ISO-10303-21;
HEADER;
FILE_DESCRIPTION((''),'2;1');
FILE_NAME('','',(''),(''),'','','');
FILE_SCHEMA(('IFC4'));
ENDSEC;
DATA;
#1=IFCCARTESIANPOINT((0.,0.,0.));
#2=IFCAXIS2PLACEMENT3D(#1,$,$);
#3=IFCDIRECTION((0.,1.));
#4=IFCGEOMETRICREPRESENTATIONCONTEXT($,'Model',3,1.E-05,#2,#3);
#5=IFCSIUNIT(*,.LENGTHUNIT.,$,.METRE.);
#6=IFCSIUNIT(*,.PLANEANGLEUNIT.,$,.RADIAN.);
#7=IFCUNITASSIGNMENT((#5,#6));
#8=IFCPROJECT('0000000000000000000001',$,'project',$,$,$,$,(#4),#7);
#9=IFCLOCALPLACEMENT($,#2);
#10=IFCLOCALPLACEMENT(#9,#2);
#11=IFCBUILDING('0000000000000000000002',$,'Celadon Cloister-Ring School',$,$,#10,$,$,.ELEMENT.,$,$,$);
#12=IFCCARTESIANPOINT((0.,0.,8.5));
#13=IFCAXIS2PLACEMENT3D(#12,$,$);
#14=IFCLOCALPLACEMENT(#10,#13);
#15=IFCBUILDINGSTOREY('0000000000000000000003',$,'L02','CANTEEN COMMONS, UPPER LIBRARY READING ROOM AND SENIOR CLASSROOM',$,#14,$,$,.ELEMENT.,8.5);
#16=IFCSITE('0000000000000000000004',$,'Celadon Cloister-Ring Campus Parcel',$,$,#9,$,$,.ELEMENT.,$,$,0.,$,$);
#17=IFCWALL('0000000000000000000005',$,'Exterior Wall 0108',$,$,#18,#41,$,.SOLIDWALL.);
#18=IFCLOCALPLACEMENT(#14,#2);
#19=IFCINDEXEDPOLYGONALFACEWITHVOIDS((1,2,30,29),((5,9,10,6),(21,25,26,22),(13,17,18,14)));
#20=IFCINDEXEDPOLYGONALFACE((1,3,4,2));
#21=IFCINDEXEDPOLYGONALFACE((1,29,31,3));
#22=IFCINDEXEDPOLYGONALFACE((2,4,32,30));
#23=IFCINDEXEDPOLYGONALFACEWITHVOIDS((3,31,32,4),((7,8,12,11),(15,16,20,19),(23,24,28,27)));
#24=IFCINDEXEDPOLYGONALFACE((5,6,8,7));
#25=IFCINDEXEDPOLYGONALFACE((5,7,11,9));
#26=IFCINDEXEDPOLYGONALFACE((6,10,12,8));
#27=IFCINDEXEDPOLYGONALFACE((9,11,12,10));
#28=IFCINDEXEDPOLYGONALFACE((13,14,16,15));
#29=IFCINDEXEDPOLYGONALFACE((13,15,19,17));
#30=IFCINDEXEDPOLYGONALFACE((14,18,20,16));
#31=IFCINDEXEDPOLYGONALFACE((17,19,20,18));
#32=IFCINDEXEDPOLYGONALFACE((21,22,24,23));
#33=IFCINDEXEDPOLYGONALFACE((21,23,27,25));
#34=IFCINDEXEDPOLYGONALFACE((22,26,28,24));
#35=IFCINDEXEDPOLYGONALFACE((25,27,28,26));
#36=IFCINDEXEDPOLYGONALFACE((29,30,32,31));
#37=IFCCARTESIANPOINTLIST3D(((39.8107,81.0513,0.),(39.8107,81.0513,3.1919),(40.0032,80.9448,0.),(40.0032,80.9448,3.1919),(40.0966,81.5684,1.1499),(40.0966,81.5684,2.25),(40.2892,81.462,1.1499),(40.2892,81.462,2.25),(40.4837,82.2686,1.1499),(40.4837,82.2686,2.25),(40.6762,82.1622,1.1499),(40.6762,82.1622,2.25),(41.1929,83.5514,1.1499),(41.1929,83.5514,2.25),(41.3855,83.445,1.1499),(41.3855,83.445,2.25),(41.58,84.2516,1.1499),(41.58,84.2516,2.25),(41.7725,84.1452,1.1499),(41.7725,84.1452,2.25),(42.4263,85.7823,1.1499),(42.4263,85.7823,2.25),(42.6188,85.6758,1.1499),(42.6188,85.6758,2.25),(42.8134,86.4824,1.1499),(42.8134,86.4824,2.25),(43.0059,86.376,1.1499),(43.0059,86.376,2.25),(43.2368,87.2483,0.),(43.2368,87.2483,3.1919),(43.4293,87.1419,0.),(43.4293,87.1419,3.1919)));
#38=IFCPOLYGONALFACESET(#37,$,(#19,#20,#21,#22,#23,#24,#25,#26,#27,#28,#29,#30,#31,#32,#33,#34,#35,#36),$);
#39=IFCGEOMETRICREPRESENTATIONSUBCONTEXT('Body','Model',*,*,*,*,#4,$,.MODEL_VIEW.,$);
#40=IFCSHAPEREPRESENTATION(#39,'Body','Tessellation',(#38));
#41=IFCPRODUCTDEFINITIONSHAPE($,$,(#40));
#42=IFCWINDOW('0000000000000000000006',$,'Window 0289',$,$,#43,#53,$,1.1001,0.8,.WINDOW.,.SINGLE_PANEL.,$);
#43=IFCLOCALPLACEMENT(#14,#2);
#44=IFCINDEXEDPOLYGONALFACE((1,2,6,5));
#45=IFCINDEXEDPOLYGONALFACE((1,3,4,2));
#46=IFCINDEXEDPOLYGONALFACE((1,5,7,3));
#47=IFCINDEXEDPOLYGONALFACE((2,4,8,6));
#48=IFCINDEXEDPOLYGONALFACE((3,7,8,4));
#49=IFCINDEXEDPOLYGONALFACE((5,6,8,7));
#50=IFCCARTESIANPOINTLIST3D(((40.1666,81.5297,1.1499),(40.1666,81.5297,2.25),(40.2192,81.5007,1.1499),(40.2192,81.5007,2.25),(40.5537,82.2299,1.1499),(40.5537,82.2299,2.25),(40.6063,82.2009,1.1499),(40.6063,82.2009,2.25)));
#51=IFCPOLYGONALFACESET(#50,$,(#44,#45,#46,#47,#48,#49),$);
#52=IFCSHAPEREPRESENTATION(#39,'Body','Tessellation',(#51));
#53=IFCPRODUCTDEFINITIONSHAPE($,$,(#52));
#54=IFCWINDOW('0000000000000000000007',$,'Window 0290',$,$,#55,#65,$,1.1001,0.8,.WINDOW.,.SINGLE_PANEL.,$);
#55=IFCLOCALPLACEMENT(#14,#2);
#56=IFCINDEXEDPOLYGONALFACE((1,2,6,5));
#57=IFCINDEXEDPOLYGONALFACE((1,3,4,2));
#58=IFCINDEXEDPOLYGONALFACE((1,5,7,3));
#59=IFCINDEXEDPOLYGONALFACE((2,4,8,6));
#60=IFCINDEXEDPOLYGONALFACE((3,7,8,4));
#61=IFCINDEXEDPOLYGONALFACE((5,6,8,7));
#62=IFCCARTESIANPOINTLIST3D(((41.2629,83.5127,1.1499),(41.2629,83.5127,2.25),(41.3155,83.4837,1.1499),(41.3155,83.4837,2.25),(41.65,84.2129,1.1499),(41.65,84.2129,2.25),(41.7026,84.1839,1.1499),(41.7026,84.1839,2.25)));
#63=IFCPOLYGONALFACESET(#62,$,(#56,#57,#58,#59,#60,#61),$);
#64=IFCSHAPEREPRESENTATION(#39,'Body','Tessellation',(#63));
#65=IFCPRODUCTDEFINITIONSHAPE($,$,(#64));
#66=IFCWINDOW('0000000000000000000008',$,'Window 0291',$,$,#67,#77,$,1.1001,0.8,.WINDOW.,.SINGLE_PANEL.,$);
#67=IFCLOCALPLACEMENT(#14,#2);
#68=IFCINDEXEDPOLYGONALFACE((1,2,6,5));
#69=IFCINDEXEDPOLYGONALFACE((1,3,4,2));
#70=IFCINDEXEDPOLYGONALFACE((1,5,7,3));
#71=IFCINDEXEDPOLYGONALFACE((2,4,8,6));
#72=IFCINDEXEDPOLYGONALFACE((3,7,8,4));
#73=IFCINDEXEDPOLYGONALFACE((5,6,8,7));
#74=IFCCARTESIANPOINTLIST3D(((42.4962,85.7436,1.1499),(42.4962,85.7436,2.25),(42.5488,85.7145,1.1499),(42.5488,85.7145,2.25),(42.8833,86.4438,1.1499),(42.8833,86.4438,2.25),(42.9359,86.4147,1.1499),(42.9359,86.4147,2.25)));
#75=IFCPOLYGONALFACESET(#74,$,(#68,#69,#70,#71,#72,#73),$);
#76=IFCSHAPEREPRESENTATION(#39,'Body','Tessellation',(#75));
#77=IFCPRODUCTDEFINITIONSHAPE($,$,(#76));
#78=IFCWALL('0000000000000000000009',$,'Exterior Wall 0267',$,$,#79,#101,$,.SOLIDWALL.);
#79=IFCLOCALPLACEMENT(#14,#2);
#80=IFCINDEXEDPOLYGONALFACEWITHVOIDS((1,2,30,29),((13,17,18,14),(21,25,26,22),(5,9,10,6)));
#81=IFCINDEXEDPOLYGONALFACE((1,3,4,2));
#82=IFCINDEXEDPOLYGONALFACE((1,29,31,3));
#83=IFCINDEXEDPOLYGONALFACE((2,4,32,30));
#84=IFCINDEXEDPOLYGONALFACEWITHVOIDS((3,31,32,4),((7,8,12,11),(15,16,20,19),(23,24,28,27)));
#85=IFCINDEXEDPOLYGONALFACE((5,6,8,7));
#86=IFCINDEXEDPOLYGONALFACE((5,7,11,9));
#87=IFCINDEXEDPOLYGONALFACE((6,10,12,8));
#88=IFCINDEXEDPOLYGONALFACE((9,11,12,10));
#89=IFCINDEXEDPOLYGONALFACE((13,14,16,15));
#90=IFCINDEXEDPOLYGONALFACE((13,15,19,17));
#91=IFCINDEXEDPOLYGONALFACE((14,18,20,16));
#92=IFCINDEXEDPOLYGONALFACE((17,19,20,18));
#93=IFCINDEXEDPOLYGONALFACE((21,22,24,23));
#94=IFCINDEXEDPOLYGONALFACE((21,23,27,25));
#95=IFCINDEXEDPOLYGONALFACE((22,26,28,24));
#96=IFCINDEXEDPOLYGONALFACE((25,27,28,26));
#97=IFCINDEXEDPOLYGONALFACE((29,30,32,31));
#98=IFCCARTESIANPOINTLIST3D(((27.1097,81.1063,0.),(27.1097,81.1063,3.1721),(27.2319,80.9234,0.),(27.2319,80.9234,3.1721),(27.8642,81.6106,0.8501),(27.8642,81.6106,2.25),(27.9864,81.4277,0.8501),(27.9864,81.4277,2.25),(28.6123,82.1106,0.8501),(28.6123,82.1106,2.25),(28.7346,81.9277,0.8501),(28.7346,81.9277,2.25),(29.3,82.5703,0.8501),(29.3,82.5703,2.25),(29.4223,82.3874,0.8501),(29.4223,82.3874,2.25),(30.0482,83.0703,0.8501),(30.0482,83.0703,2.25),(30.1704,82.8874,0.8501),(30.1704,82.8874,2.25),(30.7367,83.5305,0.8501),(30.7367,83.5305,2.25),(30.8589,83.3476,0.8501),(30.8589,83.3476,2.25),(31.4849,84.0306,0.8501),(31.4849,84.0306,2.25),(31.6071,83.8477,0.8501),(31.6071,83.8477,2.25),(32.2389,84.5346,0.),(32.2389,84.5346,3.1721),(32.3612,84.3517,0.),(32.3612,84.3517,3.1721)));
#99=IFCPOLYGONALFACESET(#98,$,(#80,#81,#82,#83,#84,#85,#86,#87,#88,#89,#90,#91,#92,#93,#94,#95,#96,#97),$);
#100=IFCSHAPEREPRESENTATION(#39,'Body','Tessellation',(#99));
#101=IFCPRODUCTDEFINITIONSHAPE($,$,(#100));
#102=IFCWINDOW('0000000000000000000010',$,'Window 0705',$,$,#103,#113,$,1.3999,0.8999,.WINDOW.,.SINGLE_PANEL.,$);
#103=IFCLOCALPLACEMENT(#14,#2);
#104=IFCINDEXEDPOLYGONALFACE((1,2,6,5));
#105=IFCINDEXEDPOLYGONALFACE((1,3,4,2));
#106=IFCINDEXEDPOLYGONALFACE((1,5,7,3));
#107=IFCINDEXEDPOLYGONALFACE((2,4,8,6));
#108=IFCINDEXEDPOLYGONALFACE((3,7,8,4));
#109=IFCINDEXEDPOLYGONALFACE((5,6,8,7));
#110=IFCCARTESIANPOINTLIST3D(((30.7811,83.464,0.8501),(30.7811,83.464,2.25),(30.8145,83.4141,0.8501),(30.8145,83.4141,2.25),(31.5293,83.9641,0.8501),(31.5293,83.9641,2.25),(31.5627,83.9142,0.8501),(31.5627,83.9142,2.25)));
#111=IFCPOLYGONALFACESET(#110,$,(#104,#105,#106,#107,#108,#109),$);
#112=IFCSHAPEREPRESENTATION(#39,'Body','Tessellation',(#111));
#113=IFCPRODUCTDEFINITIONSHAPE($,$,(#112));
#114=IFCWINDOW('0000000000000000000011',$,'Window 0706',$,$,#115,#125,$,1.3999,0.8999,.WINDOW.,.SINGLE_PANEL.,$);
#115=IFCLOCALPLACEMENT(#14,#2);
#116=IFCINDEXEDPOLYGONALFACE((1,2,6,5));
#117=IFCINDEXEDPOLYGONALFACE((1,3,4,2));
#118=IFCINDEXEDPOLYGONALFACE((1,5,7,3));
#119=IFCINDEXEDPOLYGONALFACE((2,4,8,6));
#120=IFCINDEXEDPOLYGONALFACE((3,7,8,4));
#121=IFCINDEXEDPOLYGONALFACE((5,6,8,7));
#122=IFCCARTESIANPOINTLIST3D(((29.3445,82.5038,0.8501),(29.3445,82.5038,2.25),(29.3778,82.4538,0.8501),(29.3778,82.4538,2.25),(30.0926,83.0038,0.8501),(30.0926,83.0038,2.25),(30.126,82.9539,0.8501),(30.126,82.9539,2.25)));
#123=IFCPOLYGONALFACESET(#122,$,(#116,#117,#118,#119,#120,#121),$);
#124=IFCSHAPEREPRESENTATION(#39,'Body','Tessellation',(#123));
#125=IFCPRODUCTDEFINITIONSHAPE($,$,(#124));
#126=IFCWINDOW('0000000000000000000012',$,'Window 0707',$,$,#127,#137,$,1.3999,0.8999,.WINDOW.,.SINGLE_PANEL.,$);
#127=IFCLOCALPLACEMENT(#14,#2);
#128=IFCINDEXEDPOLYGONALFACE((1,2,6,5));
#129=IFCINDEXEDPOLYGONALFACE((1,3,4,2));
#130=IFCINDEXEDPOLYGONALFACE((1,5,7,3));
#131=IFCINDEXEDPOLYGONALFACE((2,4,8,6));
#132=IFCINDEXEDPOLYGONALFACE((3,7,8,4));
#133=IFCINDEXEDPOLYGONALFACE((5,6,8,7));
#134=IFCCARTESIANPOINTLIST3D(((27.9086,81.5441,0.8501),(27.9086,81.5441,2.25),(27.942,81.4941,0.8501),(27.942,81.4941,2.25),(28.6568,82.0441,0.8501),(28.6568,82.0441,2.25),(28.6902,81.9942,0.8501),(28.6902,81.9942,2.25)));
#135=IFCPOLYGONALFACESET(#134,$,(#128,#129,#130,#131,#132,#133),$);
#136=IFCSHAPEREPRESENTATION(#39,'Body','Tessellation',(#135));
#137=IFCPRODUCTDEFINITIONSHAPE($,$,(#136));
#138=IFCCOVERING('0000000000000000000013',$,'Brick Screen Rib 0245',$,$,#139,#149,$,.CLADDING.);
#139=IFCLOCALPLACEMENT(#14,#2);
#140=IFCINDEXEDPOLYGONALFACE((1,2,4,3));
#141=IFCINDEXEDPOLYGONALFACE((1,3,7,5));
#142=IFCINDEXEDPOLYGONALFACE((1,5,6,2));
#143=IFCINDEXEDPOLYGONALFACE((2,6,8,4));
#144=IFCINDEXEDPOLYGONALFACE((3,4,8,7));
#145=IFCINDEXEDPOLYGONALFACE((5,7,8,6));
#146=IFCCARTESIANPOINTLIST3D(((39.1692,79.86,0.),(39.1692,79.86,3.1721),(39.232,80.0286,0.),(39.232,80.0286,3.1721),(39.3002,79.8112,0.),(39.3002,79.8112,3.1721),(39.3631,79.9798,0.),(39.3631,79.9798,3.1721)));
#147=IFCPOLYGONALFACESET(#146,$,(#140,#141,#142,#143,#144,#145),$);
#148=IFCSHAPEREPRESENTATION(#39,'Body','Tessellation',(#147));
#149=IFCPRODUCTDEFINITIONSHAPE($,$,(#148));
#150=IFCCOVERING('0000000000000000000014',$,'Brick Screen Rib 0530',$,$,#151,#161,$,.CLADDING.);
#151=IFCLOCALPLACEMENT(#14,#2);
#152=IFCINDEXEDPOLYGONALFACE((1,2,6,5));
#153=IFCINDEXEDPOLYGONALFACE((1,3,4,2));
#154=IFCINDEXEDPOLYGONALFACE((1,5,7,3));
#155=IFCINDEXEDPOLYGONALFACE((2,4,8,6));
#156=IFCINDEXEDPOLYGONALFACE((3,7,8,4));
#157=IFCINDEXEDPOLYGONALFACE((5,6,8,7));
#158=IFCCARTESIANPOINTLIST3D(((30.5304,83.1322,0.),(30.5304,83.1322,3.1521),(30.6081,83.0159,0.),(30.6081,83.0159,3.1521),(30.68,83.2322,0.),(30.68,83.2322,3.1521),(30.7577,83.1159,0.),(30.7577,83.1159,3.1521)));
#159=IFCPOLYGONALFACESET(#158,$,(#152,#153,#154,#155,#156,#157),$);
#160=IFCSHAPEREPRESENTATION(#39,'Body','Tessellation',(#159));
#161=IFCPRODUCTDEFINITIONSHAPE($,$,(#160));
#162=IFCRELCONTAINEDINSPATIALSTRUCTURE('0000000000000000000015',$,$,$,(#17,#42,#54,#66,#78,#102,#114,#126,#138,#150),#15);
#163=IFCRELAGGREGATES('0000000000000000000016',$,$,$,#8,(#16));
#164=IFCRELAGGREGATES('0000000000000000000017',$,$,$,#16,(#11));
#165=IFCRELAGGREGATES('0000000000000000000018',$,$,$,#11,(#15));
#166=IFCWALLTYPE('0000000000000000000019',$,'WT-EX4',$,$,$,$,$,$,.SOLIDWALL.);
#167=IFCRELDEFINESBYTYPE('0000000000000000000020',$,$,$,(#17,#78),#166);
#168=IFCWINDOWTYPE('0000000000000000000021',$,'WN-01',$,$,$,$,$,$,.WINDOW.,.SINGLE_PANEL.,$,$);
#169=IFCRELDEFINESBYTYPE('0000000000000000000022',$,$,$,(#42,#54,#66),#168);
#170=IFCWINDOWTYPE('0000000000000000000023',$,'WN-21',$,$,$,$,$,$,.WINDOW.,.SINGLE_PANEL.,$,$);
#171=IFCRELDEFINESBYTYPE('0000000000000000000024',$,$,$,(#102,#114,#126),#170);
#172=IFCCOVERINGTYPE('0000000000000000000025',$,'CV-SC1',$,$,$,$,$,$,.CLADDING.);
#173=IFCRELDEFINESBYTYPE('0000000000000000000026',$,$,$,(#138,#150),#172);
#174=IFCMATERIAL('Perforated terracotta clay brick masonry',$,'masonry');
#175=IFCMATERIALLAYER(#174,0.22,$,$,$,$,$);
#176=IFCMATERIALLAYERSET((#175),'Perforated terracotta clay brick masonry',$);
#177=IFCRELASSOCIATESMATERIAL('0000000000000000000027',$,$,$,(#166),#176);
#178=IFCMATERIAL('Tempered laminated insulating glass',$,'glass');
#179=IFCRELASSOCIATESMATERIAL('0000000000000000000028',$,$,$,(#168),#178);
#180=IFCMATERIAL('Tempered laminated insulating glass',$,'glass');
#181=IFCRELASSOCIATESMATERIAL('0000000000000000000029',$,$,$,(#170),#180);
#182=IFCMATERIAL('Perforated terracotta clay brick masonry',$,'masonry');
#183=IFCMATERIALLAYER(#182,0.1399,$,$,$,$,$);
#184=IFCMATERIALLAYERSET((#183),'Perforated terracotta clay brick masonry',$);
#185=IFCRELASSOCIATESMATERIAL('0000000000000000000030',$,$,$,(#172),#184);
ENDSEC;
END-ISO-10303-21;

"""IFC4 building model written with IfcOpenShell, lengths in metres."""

from ifc_helpers import new_model, si_unit, direction, frame, frame_2d, origin, origin_2d, place, context, subcontext, project, spatial, rectangle, extrude, material, layer, layer_set, type_object, element, fill, save


model = new_model("IFC4")

# Units and contexts
model_context = context("Model", 3, precision=1e-05, world=origin(), true_north=direction((0.0, 1.0)))
body_context = subcontext(model_context, "Body", "Model", "MODEL_VIEW")
ifc_project = project(units=[si_unit("LENGTHUNIT", "METRE"), si_unit("PLANEANGLEUNIT", "RADIAN")], contexts=[model_context])

# Site, building, storey
site_placement = place(None, origin())
site = spatial("IfcSite", under=ifc_project, at=site_placement, Name="Celadon Cloister-Ring Campus Parcel", CompositionType="ELEMENT", RefElevation=0.0)
building_placement = place(site_placement, origin())
building = spatial("IfcBuilding", under=site, at=building_placement, Name="Celadon Cloister-Ring School", CompositionType="ELEMENT")
storey_placement = place(building_placement, frame((0.0, 0.0, 8.5)))
storey = spatial("IfcBuildingStorey", under=building, at=storey_placement, Name="L02", Description="CANTEEN COMMONS, UPPER LIBRARY READING ROOM AND SENIOR CLASSROOM", CompositionType="ELEMENT", Elevation=8.5)

# Walls, openings, windows
ifc_material_1 = material(Name="Perforated terracotta clay brick masonry", Category="masonry")
ifc_layer_1 = layer(ifc_material_1, 0.22)
ifc_layer_set_1 = layer_set([ifc_layer_1], Name="Perforated terracotta clay brick masonry")
wall_type = type_object("IfcWallType", Name="WT-EX4", PredefinedType="SOLIDWALL", material=ifc_layer_set_1)
wall_1_placement = place(storey_placement, frame((39.907, 80.998, 0.0), z_axis=(0.0, 0.0, 1.0), x_axis=(0.483833, 0.87516, 0.0)))
wall_1 = element("IfcWall", 1, at=wall_1_placement, inside=storey, type_object=wall_type, Name="Exterior Wall 0108", PredefinedType="SOLIDWALL", context=body_context, shape_type="SweptSolid", body=[
    extrude(rectangle(XDim=7.0811, YDim=0.22, at=frame_2d((3.5405, 0.0))), origin(), (0.0, 0.0, 1.0), 3.1919),
])
opening_1_placement = place(wall_1_placement, frame((0.5911, 0.0, 1.1499)))
opening_1 = element("IfcOpeningElement", 2, at=opening_1_placement, cuts=wall_1, PredefinedType="OPENING", context=body_context, shape_type="SweptSolid", body=[
    extrude(rectangle(XDim=0.8, YDim=1.1001, at=frame_2d((0.3999, 0.55))), frame((0.0, 0.1201, 0.0), z_axis=(0.0, -1.0, 0.0), x_axis=(1.0, 0.0, 0.0)), (0.0, 0.0, 1.0), 0.24),
])
opening_2_placement = place(wall_1_placement, frame((2.8569, 0.0, 1.1499)))
opening_2 = element("IfcOpeningElement", 3, at=opening_2_placement, cuts=wall_1, PredefinedType="OPENING", context=body_context, shape_type="SweptSolid", body=[
    extrude(rectangle(XDim=0.8, YDim=1.1001, at=frame_2d((0.3999, 0.55))), frame((0.0, 0.1201, 0.0), z_axis=(0.0, -1.0, 0.0), x_axis=(1.0, 0.0, 0.0)), (0.0, 0.0, 1.0), 0.24),
])
opening_3_placement = place(wall_1_placement, frame((5.406, 0.0, 1.1499)))
opening_3 = element("IfcOpeningElement", 4, at=opening_3_placement, cuts=wall_1, PredefinedType="OPENING", context=body_context, shape_type="SweptSolid", body=[
    extrude(rectangle(XDim=0.8, YDim=1.1001, at=frame_2d((0.3999, 0.55))), frame((0.0, 0.1201, 0.0), z_axis=(0.0, -1.0, 0.0), x_axis=(1.0, 0.0, 0.0)), (0.0, 0.0, 1.0), 0.24),
])
ifc_material_2 = material(Name="Tempered laminated insulating glass", Category="glass")
window_type_1 = type_object("IfcWindowType", Name="WN-01", PartitioningType="SINGLE_PANEL", PredefinedType="WINDOW", material=ifc_material_2)
window_1_placement = place(opening_1_placement, origin())
window_1 = element("IfcWindow", 5, at=window_1_placement, inside=storey, type_object=window_type_1, Name="Window 0289", OverallHeight=1.1001, OverallWidth=0.8, PartitioningType="SINGLE_PANEL", PredefinedType="WINDOW", context=body_context, shape_type="SweptSolid", body=[
    extrude(rectangle(XDim=0.8, YDim=1.1001, at=frame_2d((0.3999, 0.55))), frame((0.0, 0.03, 0.0), z_axis=(0.0, -1.0, 0.0), x_axis=(1.0, 0.0, 0.0)), (0.0, 0.0, 1.0), 0.0601),
])
fill(opening_1, window_1)
window_2_placement = place(opening_2_placement, origin())
window_2 = element("IfcWindow", 6, at=window_2_placement, inside=storey, type_object=window_type_1, Name="Window 0290", OverallHeight=1.1001, OverallWidth=0.8, PartitioningType="SINGLE_PANEL", PredefinedType="WINDOW", context=body_context, shape_type="SweptSolid", body=[
    extrude(rectangle(XDim=0.8, YDim=1.1001, at=frame_2d((0.3999, 0.55))), frame((0.0, 0.03, 0.0), z_axis=(0.0, -1.0, 0.0), x_axis=(1.0, 0.0, 0.0)), (0.0, 0.0, 1.0), 0.0601),
])
fill(opening_2, window_2)
window_3_placement = place(opening_3_placement, origin())
window_3 = element("IfcWindow", 7, at=window_3_placement, inside=storey, type_object=window_type_1, Name="Window 0291", OverallHeight=1.1001, OverallWidth=0.8, PartitioningType="SINGLE_PANEL", PredefinedType="WINDOW", context=body_context, shape_type="SweptSolid", body=[
    extrude(rectangle(XDim=0.8, YDim=1.1001, at=frame_2d((0.3999, 0.55))), frame((0.0, 0.03, 0.0), z_axis=(0.0, -1.0, 0.0), x_axis=(1.0, 0.0, 0.0)), (0.0, 0.0, 1.0), 0.0601),
])
fill(opening_3, window_3)
wall_2_placement = place(storey_placement, frame((32.3, 84.4431, 0.0), z_axis=(0.0, 0.0, 1.0), x_axis=(-0.831392, -0.555686, 0.0)))
wall_2 = element("IfcWall", 8, at=wall_2_placement, inside=storey, type_object=wall_type, Name="Exterior Wall 0267", PredefinedType="SOLIDWALL", context=body_context, shape_type="SweptSolid", body=[
    extrude(rectangle(XDim=6.1694, YDim=0.22, at=frame_2d((3.0847, 0.0))), origin(), (0.0, 0.0, 1.0), 3.1721),
])
opening_4_placement = place(wall_2_placement, frame((0.907, 0.0, 0.8501)))
opening_4 = element("IfcOpeningElement", 9, at=opening_4_placement, cuts=wall_2, PredefinedType="OPENING", context=body_context, shape_type="SweptSolid", body=[
    extrude(rectangle(XDim=0.8999, YDim=1.3999, at=frame_2d((0.45, 0.7))), frame((0.0, 0.1201, 0.0), z_axis=(0.0, -1.0, 0.0), x_axis=(1.0, 0.0, 0.0)), (0.0, 0.0, 1.0), 0.24),
])
opening_5_placement = place(wall_2_placement, frame((2.635, 0.0, 0.8501)))
opening_5 = element("IfcOpeningElement", 10, at=opening_5_placement, cuts=wall_2, PredefinedType="OPENING", context=body_context, shape_type="SweptSolid", body=[
    extrude(rectangle(XDim=0.8999, YDim=1.3999, at=frame_2d((0.45, 0.7))), frame((0.0, 0.1201, 0.0), z_axis=(0.0, -1.0, 0.0), x_axis=(1.0, 0.0, 0.0)), (0.0, 0.0, 1.0), 0.24),
])
opening_6_placement = place(wall_2_placement, frame((4.3621, 0.0, 0.8501)))
opening_6 = element("IfcOpeningElement", 11, at=opening_6_placement, cuts=wall_2, PredefinedType="OPENING", context=body_context, shape_type="SweptSolid", body=[
    extrude(rectangle(XDim=0.8999, YDim=1.3999, at=frame_2d((0.45, 0.7))), frame((0.0, 0.1201, 0.0), z_axis=(0.0, -1.0, 0.0), x_axis=(1.0, 0.0, 0.0)), (0.0, 0.0, 1.0), 0.24),
])
ifc_material_3 = material(Name="Tempered laminated insulating glass", Category="glass")
window_type_2 = type_object("IfcWindowType", Name="WN-21", PartitioningType="SINGLE_PANEL", PredefinedType="WINDOW", material=ifc_material_3)
window_4_placement = place(opening_4_placement, origin())
window_4 = element("IfcWindow", 12, at=window_4_placement, inside=storey, type_object=window_type_2, Name="Window 0705", OverallHeight=1.3999, OverallWidth=0.8999, PartitioningType="SINGLE_PANEL", PredefinedType="WINDOW", context=body_context, shape_type="SweptSolid", body=[
    extrude(rectangle(XDim=0.8999, YDim=1.3999, at=frame_2d((0.45, 0.7))), frame((0.0, 0.03, 0.0), z_axis=(0.0, -1.0, 0.0), x_axis=(1.0, 0.0, 0.0)), (0.0, 0.0, 1.0), 0.0601),
])
fill(opening_4, window_4)
window_5_placement = place(opening_5_placement, origin())
window_5 = element("IfcWindow", 13, at=window_5_placement, inside=storey, type_object=window_type_2, Name="Window 0706", OverallHeight=1.3999, OverallWidth=0.8999, PartitioningType="SINGLE_PANEL", PredefinedType="WINDOW", context=body_context, shape_type="SweptSolid", body=[
    extrude(rectangle(XDim=0.8999, YDim=1.3999, at=frame_2d((0.45, 0.7))), frame((0.0, 0.03, 0.0), z_axis=(0.0, -1.0, 0.0), x_axis=(1.0, 0.0, 0.0)), (0.0, 0.0, 1.0), 0.0601),
])
fill(opening_5, window_5)
window_6_placement = place(opening_6_placement, origin())
window_6 = element("IfcWindow", 14, at=window_6_placement, inside=storey, type_object=window_type_2, Name="Window 0707", OverallHeight=1.3999, OverallWidth=0.8999, PartitioningType="SINGLE_PANEL", PredefinedType="WINDOW", context=body_context, shape_type="SweptSolid", body=[
    extrude(rectangle(XDim=0.8999, YDim=1.3999, at=frame_2d((0.45, 0.7))), frame((0.0, 0.03, 0.0), z_axis=(0.0, -1.0, 0.0), x_axis=(1.0, 0.0, 0.0)), (0.0, 0.0, 1.0), 0.0601),
])
fill(opening_6, window_6)

# Coverings
ifc_material_4 = material(Name="Perforated terracotta clay brick masonry", Category="masonry")
ifc_layer_2 = layer(ifc_material_4, 0.1399)
ifc_layer_set_2 = layer_set([ifc_layer_2], Name="Perforated terracotta clay brick masonry")
covering_type = type_object("IfcCoveringType", Name="CV-SC1", PredefinedType="CLADDING", material=ifc_layer_set_2)
covering_placement = place(storey_placement, frame((39.2661, 79.9199, 0.0), z_axis=(0.0, 0.0, 1.0), x_axis=(0.34921, 0.937045, 0.0)))
element("IfcCovering", 15, at=covering_placement, inside=storey, type_object=covering_type, Name="Brick Screen Rib 0245", PredefinedType="CLADDING", context=body_context, shape_type="SweptSolid", body=[
    extrude(rectangle(XDim=0.1799, YDim=0.1399, at=origin_2d()), origin(), (0.0, 0.0, 1.0), 3.1721),
])
for number, where, z_axis, x_axis, name in (
    (16, (30.644, 83.124, 0.0), (0.0, 0.0, 1.0), (-0.831402, -0.555672, 0.0), "Brick Screen Rib 0530"),
):
    element("IfcCovering", number, at=place(storey_placement, frame(where, z_axis=z_axis, x_axis=x_axis)), inside=storey, type_object=covering_type, Name=name, PredefinedType="CLADDING", context=body_context, shape_type="SweptSolid", body=[
        extrude(rectangle(XDim=0.1799, YDim=0.1399, at=origin_2d()), origin(), (0.0, 0.0, 1.0), 3.1521),
    ])

save(model, "model.ifc")
